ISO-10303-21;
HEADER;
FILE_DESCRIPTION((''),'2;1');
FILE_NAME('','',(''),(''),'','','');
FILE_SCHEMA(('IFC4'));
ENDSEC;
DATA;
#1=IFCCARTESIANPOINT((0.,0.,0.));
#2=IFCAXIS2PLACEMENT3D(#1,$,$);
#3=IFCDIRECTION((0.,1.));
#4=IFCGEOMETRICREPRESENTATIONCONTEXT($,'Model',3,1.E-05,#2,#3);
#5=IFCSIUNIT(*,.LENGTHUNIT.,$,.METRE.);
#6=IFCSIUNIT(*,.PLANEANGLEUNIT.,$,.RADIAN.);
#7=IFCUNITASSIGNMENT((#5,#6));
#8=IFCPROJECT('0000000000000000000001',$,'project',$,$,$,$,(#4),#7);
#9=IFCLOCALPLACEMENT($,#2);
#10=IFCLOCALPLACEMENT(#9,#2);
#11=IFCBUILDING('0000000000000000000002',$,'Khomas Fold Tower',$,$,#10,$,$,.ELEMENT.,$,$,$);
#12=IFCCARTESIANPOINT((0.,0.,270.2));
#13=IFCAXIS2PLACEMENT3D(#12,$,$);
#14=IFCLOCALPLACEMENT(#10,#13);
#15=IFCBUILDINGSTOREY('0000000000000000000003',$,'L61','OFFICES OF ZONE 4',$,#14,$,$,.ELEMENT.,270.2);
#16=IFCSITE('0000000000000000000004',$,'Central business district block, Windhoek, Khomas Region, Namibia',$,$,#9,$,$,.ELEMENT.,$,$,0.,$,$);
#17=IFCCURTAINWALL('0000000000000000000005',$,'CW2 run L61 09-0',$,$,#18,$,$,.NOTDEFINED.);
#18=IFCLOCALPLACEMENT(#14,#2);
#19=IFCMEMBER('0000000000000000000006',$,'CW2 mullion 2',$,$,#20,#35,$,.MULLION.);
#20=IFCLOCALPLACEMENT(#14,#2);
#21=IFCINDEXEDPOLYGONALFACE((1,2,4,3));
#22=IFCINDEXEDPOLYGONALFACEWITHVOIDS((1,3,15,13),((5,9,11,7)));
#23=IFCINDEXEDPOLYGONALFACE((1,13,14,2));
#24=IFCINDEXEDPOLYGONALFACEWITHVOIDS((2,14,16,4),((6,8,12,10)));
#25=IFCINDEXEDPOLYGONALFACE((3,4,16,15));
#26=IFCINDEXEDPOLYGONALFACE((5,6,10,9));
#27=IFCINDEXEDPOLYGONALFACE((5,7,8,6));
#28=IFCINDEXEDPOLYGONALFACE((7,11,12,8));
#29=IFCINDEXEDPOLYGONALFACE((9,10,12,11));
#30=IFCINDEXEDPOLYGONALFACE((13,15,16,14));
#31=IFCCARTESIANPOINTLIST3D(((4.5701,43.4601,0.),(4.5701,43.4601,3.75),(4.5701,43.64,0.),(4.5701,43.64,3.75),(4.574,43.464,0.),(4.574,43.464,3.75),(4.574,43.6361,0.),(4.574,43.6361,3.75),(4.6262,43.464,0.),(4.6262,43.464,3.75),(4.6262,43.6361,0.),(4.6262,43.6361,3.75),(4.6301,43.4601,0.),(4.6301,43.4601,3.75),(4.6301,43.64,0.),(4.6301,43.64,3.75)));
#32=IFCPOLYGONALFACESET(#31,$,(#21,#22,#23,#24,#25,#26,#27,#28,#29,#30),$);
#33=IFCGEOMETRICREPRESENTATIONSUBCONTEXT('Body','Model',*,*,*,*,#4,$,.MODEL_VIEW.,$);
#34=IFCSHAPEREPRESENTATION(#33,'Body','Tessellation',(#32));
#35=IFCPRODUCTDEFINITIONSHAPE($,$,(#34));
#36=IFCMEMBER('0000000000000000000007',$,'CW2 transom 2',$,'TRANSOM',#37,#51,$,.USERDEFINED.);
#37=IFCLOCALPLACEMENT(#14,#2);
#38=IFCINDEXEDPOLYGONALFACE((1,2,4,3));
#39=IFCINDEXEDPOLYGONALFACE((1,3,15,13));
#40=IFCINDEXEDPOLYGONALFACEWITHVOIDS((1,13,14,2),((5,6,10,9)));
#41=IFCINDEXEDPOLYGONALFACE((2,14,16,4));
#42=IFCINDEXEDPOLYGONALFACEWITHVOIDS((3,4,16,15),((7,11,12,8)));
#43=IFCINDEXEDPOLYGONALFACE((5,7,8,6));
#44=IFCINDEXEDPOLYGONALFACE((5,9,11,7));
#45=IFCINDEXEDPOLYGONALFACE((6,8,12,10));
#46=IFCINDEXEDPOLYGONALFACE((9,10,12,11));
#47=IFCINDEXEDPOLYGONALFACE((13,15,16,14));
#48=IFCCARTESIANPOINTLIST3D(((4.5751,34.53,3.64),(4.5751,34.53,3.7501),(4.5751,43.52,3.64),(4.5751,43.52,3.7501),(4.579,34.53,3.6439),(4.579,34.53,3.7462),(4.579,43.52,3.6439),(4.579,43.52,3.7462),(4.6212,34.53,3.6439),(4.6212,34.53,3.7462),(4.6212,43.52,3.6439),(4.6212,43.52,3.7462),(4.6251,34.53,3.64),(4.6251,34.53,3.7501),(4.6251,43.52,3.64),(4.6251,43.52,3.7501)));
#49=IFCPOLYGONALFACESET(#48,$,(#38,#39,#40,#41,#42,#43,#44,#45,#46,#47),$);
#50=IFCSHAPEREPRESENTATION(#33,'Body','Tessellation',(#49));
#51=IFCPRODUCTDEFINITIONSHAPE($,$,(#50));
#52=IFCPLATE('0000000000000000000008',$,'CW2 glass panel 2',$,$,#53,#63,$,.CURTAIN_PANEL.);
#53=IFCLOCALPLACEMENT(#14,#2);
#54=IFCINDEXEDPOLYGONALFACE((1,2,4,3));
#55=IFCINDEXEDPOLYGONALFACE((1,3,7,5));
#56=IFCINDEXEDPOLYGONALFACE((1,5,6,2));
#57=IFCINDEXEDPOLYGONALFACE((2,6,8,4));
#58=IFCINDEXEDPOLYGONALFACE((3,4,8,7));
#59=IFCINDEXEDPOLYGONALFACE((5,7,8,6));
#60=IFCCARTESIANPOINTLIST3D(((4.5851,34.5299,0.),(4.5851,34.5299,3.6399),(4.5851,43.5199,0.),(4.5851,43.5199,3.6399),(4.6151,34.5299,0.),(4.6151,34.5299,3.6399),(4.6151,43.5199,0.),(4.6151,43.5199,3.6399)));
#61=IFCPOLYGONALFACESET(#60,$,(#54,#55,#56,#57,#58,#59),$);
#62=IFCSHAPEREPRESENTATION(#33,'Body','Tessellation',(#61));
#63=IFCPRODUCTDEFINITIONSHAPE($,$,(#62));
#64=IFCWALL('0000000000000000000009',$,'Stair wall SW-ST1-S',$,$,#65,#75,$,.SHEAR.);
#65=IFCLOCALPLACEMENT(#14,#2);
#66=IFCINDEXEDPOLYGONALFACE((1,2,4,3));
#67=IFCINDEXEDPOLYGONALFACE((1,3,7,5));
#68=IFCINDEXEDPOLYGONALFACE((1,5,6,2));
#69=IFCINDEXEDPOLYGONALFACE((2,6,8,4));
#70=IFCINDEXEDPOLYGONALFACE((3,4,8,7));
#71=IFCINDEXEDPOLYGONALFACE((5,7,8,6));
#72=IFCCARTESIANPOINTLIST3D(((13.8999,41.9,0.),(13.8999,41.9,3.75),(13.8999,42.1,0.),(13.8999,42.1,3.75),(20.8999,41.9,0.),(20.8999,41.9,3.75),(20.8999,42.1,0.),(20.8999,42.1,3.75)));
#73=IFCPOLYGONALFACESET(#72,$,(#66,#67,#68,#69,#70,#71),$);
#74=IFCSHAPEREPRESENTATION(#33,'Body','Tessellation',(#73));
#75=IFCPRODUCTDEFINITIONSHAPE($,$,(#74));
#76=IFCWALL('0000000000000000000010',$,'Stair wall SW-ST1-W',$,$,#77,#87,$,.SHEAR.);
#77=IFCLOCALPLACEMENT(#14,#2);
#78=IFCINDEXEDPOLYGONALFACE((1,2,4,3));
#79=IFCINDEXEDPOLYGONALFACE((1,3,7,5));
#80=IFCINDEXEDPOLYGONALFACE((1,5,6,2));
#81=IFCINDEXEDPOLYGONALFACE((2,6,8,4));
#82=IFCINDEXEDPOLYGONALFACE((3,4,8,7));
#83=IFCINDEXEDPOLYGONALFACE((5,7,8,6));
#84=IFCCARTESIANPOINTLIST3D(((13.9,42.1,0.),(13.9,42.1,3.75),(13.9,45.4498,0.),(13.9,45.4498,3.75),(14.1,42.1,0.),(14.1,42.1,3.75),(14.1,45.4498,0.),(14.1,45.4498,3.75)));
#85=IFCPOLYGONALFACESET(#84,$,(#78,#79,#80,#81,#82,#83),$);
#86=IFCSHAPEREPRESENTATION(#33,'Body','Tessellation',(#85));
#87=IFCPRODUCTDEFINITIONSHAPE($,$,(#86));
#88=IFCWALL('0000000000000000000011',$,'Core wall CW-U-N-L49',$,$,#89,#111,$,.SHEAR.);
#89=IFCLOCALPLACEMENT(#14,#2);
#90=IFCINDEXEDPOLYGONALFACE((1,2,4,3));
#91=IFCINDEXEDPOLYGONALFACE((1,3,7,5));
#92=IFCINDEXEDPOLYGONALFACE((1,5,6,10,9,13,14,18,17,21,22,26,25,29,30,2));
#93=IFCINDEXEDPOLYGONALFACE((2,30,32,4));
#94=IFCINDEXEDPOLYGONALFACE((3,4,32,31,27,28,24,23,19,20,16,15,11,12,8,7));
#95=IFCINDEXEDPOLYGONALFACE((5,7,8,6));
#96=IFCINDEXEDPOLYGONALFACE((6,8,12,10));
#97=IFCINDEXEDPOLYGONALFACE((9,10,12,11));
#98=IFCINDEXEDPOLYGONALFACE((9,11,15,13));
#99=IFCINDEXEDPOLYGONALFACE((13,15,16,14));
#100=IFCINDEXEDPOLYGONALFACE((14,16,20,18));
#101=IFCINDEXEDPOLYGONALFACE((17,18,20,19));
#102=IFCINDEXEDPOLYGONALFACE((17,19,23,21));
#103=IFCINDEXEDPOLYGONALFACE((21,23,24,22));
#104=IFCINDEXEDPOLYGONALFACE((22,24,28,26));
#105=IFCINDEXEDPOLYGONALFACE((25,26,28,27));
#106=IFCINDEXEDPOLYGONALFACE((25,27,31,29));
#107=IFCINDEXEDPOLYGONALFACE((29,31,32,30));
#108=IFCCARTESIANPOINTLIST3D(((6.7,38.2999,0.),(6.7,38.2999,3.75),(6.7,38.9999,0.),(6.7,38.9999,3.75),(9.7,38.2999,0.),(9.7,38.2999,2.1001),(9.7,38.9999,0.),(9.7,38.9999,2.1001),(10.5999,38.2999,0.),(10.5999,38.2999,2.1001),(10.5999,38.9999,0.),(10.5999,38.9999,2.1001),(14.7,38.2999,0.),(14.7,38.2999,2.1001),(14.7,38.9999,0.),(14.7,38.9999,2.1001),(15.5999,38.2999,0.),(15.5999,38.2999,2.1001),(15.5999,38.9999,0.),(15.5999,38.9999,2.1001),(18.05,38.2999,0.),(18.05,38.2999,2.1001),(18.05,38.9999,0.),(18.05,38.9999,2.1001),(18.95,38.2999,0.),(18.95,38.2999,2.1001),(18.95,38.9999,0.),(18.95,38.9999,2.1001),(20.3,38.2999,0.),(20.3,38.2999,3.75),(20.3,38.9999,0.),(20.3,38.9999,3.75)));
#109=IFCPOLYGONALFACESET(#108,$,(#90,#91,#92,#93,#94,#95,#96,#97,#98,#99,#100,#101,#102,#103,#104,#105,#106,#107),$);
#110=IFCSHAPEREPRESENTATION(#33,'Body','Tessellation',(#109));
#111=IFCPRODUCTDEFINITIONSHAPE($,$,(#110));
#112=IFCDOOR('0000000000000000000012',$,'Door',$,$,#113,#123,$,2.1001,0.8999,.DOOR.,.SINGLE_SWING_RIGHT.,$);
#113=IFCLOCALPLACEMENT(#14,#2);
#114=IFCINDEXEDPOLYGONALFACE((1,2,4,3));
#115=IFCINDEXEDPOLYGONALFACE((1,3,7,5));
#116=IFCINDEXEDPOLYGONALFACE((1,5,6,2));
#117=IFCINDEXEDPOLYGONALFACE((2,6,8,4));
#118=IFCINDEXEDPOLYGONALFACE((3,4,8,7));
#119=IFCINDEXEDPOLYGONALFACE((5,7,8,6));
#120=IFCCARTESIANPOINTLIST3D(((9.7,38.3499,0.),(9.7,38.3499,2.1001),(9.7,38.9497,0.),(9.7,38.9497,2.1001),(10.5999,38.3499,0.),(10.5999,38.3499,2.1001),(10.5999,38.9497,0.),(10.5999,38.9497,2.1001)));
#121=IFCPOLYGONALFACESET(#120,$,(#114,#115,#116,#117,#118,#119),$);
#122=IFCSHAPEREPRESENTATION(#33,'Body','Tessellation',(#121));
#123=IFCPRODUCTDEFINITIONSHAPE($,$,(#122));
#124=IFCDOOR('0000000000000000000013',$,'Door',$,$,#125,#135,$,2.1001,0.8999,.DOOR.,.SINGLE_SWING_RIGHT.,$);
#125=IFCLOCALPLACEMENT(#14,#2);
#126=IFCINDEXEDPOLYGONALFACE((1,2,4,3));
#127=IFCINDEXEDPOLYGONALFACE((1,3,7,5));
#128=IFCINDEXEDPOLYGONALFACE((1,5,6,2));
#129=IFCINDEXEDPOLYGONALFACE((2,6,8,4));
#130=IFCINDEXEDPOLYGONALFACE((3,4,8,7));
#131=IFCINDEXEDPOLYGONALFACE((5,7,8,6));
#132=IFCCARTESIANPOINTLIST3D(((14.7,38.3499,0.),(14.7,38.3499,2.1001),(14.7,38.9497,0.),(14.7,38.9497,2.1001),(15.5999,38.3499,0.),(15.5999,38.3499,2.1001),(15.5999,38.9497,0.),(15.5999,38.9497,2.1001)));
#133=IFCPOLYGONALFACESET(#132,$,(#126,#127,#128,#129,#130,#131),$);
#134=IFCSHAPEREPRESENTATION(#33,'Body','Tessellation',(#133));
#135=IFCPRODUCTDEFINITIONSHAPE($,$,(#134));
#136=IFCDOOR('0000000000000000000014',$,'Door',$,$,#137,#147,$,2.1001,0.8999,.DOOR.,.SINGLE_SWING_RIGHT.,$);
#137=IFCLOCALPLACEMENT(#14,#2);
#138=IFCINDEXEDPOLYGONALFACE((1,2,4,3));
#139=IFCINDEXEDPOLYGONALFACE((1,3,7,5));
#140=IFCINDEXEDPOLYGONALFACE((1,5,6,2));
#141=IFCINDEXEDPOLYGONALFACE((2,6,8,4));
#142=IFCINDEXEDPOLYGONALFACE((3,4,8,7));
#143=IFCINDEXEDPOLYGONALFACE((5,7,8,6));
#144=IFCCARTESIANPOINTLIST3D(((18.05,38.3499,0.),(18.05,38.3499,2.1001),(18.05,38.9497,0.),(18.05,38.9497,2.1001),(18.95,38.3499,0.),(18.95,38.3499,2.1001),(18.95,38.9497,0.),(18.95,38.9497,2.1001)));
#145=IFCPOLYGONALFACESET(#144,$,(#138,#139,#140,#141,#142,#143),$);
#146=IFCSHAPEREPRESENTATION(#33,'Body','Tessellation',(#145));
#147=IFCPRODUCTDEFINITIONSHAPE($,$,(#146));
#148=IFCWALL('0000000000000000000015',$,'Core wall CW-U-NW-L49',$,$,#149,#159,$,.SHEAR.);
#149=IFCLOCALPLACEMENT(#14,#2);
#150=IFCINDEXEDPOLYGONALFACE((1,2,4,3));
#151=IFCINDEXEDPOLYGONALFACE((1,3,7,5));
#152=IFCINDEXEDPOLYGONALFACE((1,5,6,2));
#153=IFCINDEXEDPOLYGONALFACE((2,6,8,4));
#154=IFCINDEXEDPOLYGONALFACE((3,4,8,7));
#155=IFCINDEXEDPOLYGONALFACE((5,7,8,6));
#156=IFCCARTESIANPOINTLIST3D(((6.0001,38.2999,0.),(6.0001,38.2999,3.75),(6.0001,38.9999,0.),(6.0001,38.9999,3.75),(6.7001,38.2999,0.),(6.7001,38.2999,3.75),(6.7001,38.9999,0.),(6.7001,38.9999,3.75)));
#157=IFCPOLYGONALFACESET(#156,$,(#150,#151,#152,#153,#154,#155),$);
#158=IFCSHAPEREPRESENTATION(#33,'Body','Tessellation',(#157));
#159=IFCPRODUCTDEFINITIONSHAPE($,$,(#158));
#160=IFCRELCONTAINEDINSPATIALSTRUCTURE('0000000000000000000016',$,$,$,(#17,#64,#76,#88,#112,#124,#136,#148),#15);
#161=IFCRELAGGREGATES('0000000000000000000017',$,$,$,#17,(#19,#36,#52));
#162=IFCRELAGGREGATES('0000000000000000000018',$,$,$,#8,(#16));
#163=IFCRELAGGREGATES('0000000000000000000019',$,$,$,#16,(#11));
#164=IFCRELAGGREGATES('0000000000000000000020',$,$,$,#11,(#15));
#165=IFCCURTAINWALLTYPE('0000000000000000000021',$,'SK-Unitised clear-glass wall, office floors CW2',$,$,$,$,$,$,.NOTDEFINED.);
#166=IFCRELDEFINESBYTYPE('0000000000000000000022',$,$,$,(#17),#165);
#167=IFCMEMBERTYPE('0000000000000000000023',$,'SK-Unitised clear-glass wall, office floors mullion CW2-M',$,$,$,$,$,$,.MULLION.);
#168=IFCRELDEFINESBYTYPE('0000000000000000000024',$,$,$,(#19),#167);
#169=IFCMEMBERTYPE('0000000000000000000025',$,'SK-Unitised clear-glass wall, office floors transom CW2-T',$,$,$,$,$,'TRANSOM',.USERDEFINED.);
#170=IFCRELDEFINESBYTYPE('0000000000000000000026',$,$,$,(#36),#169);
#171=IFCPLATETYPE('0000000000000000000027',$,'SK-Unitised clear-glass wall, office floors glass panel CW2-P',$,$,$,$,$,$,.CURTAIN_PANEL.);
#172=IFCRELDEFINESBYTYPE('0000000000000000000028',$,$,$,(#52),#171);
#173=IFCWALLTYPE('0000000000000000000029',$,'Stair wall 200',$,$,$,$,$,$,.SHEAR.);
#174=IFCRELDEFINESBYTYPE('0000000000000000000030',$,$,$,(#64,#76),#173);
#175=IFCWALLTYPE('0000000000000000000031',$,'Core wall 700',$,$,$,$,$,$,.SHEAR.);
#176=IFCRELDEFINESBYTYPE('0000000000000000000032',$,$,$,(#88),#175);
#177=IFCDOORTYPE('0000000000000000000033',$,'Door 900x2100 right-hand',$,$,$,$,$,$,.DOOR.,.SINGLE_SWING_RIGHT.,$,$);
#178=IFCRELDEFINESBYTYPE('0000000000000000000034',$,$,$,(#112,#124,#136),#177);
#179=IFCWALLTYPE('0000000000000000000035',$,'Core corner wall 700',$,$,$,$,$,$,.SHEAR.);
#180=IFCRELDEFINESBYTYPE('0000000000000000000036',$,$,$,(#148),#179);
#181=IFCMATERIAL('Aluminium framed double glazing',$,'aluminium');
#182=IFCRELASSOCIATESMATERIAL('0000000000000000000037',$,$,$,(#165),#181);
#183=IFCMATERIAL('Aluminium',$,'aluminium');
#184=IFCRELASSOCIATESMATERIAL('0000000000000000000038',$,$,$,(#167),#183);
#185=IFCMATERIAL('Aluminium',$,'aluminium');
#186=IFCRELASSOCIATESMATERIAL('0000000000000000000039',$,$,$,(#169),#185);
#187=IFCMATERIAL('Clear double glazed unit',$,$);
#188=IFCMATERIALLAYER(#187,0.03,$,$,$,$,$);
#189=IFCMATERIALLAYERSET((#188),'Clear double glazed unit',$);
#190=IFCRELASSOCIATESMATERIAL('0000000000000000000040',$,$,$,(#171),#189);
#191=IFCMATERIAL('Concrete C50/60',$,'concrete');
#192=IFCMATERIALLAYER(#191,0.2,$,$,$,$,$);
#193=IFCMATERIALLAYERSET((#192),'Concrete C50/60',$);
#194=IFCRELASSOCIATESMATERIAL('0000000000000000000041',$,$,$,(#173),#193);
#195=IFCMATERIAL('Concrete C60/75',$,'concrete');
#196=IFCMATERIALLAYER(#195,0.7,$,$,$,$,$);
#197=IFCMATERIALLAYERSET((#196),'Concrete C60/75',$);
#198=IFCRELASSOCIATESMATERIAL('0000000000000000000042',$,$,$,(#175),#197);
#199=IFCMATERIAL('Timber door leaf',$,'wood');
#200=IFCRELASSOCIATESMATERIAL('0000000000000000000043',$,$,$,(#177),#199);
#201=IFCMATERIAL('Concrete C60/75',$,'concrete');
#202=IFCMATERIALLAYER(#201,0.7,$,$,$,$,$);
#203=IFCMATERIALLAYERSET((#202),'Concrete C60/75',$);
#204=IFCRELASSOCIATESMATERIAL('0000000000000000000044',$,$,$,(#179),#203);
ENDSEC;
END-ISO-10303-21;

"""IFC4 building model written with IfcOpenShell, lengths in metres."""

from ifc_helpers import new_model, si_unit, direction, frame, frame_2d, origin, origin_2d, place, context, subcontext, project, spatial, rectangle, hollow_rectangle, extrude, source, transform, mapped, material, layer, layer_set, material_profile, profile_set, type_object, element, fill, aggregate, save


model = new_model("IFC4")

# Units and contexts
model_context = context("Model", 3, precision=1e-05, world=origin(), true_north=direction((0.0, 1.0)))
body_context = subcontext(model_context, "Body", "Model", "MODEL_VIEW")
ifc_project = project(units=[si_unit("LENGTHUNIT", "METRE"), si_unit("PLANEANGLEUNIT", "RADIAN")], contexts=[model_context])

# Site, building, storey
site_placement = place(None, origin())
site = spatial("IfcSite", under=ifc_project, at=site_placement, Name="Central business district block, Windhoek, Khomas Region, Namibia", CompositionType="ELEMENT", RefElevation=0.0)
building_placement = place(site_placement, origin())
building = spatial("IfcBuilding", under=site, at=building_placement, Name="Khomas Fold Tower", CompositionType="ELEMENT")
storey_placement = place(building_placement, frame((0.0, 0.0, 270.2)))
storey = spatial("IfcBuildingStorey", under=building, at=storey_placement, Name="L61", Description="OFFICES OF ZONE 4", CompositionType="ELEMENT", Elevation=270.2)

# Curtain wall, members, plate
ifc_material_1 = material(Name="Aluminium framed double glazing", Category="aluminium")
curtain_wall_type = type_object("IfcCurtainWallType", Name="SK-Unitised clear-glass wall, office floors CW2", PredefinedType="NOTDEFINED", material=ifc_material_1)
curtain_wall_placement = place(storey_placement, origin())
curtain_wall = element("IfcCurtainWall", 1, at=curtain_wall_placement, inside=storey, type_object=curtain_wall_type, Name="CW2 run L61 09-0", PredefinedType="NOTDEFINED")
ifc_material_2 = material(Name="Aluminium", Category="aluminium")
ifc_material_profile_1 = material_profile(ifc_material_2, hollow_rectangle(XDim=0.0601, YDim=0.1799, WallThickness=0.0039, at=origin_2d()), Name="SK-Unitised clear-glass wall, office floors mullion CW2-M")
ifc_profile_set_1 = profile_set([ifc_material_profile_1], Name="Aluminium")
member_type_1 = type_object("IfcMemberType", Name="SK-Unitised clear-glass wall, office floors mullion CW2-M", PredefinedType="MULLION", material=ifc_profile_set_1)
shared_shape_1 = source(origin(), body_context, "Body", "SweptSolid", [
    extrude(hollow_rectangle(XDim=0.0601, YDim=0.1799, WallThickness=0.0039, at=origin_2d()), origin(), (0.0, 0.0, 1.0), 3.75),
])
member_1_placement = place(storey_placement, frame((4.6001, 43.55, 0.0), z_axis=(0.0, 0.0, 1.0), x_axis=(1.0, 0.0, 0.0)))
member_1 = element("IfcMember", 2, at=member_1_placement, type_object=member_type_1, Name="CW2 mullion 2", PredefinedType="MULLION", context=body_context, shape_type="MappedRepresentation", body=[
    mapped(shared_shape_1, transform((0.0, 0.0, 0.0))),
])
ifc_material_3 = material(Name="Aluminium", Category="aluminium")
ifc_material_profile_2 = material_profile(ifc_material_3, hollow_rectangle(XDim=0.05, YDim=0.1101, WallThickness=0.0039, at=origin_2d()), Name="SK-Unitised clear-glass wall, office floors transom CW2-T")
ifc_profile_set_2 = profile_set([ifc_material_profile_2], Name="Aluminium")
member_type_2 = type_object("IfcMemberType", Name="SK-Unitised clear-glass wall, office floors transom CW2-T", ElementType="TRANSOM", PredefinedType="USERDEFINED", material=ifc_profile_set_2)
shared_shape_2 = source(origin(), body_context, "Body", "SweptSolid", [
    extrude(hollow_rectangle(XDim=0.05, YDim=0.1101, WallThickness=0.0039, at=origin_2d()), origin(), (0.0, 0.0, 1.0), 8.99),
])
member_2_placement = place(storey_placement, frame((4.6001, 43.52, 3.6951), z_axis=(0.0, -1.0, 0.0), x_axis=(1.0, 0.0, 0.0)))
member_2 = element("IfcMember", 3, at=member_2_placement, type_object=member_type_2, Name="CW2 transom 2", ObjectType="TRANSOM", PredefinedType="USERDEFINED", context=body_context, shape_type="MappedRepresentation", body=[
    mapped(shared_shape_2, transform((0.0, 0.0, 0.0))),
])
ifc_material_4 = material(Name="Clear double glazed unit")
ifc_layer_1 = layer(ifc_material_4, 0.03)
ifc_layer_set_1 = layer_set([ifc_layer_1], Name="Clear double glazed unit")
plate_type = type_object("IfcPlateType", Name="SK-Unitised clear-glass wall, office floors glass panel CW2-P", PredefinedType="CURTAIN_PANEL", material=ifc_layer_set_1)
shared_shape_3 = source(origin(), body_context, "Body", "SweptSolid", [
    extrude(rectangle(XDim=8.99, YDim=0.03, at=origin_2d()), origin(), (0.0, 0.0, 1.0), 3.6399),
])
plate_placement = place(storey_placement, frame((4.6001, 39.0249, 0.0), z_axis=(0.0, 0.0, 1.0), x_axis=(0.0, -1.0, 0.0)))
plate = element("IfcPlate", 4, at=plate_placement, type_object=plate_type, Name="CW2 glass panel 2", PredefinedType="CURTAIN_PANEL", context=body_context, shape_type="MappedRepresentation", body=[
    mapped(shared_shape_3, transform((0.0, 0.0, 0.0))),
])
aggregate(curtain_wall, [member_1, member_2, plate])

# Walls
ifc_material_5 = material(Name="Concrete C50/60", Category="concrete")
ifc_layer_2 = layer(ifc_material_5, 0.2)
ifc_layer_set_2 = layer_set([ifc_layer_2], Name="Concrete C50/60")
wall_type_1 = type_object("IfcWallType", Name="Stair wall 200", PredefinedType="SHEAR", material=ifc_layer_set_2)
shared_shape_4 = source(origin(), body_context, "Body", "SweptSolid", [
    extrude(rectangle(XDim=7.0, YDim=0.2, at=frame_2d((3.5, 0.0))), origin(), (0.0, 0.0, 1.0), 3.75),
])
wall_1_placement = place(storey_placement, frame((13.8999, 42.0, 0.0), z_axis=(0.0, 0.0, 1.0), x_axis=(1.0, 0.0, 0.0)))
element("IfcWall", 5, at=wall_1_placement, inside=storey, type_object=wall_type_1, Name="Stair wall SW-ST1-S", PredefinedType="SHEAR", context=body_context, shape_type="MappedRepresentation", body=[
    mapped(shared_shape_4, transform((0.0, 0.0, 0.0))),
])
shared_shape_5 = source(origin(), body_context, "Body", "SweptSolid", [
    extrude(rectangle(XDim=3.3499, YDim=0.2, at=frame_2d((1.6748, 0.0))), origin(), (0.0, 0.0, 1.0), 3.75),
])
wall_2_placement = place(storey_placement, frame((14.0, 42.1001, 0.0), z_axis=(0.0, 0.0, 1.0), x_axis=(0.0, 1.0, 0.0)))
element("IfcWall", 6, at=wall_2_placement, inside=storey, type_object=wall_type_1, Name="Stair wall SW-ST1-W", PredefinedType="SHEAR", context=body_context, shape_type="MappedRepresentation", body=[
    mapped(shared_shape_5, transform((0.0, 0.0, 0.0))),
])

# Wall, openings, doors
ifc_material_6 = material(Name="Concrete C60/75", Category="concrete")
ifc_layer_3 = layer(ifc_material_6, 0.7)
ifc_layer_set_3 = layer_set([ifc_layer_3], Name="Concrete C60/75")
wall_type_2 = type_object("IfcWallType", Name="Core wall 700", PredefinedType="SHEAR", material=ifc_layer_set_3)
shared_shape_6 = source(origin(), body_context, "Body", "SweptSolid", [
    extrude(rectangle(XDim=13.6001, YDim=0.7, at=frame_2d((6.8, 0.0))), origin(), (0.0, 0.0, 1.0), 3.75),
])
wall_3_placement = place(storey_placement, frame((6.7, 38.6499, 0.0), z_axis=(0.0, 0.0, 1.0), x_axis=(1.0, 0.0, 0.0)))
wall_3 = element("IfcWall", 7, at=wall_3_placement, inside=storey, type_object=wall_type_2, Name="Core wall CW-U-N-L49", PredefinedType="SHEAR", context=body_context, shape_type="MappedRepresentation", body=[
    mapped(shared_shape_6, transform((0.0, 0.0, 0.0))),
])
shared_shape_7 = source(origin(), body_context, "Body", "SweptSolid", [
    extrude(rectangle(XDim=0.8999, YDim=2.1001, at=frame_2d((0.45, 1.05))), frame((0.0, 0.3599, 0.0), z_axis=(0.0, -1.0, 0.0), x_axis=(1.0, 0.0, 0.0)), (0.0, 0.0, 1.0), 0.72),
])
opening_1_placement = place(wall_3_placement, frame((3.0, 0.0, 0.0)))
opening_1 = element("IfcOpeningElement", 8, at=opening_1_placement, cuts=wall_3, PredefinedType="OPENING", context=body_context, shape_type="MappedRepresentation", body=[
    mapped(shared_shape_7, transform((0.0, 0.0, 0.0))),
])
opening_2_placement = place(wall_3_placement, frame((8.0, 0.0, 0.0)))
opening_2 = element("IfcOpeningElement", 9, at=opening_2_placement, cuts=wall_3, PredefinedType="OPENING", context=body_context, shape_type="MappedRepresentation", body=[
    mapped(shared_shape_7, transform((0.0, 0.0, 0.0))),
])
opening_3_placement = place(wall_3_placement, frame((11.3501, 0.0, 0.0)))
opening_3 = element("IfcOpeningElement", 10, at=opening_3_placement, cuts=wall_3, PredefinedType="OPENING", context=body_context, shape_type="MappedRepresentation", body=[
    mapped(shared_shape_7, transform((0.0, 0.0, 0.0))),
])
ifc_material_7 = material(Name="Timber door leaf", Category="wood")
door_type = type_object("IfcDoorType", Name="Door 900x2100 right-hand", OperationType="SINGLE_SWING_RIGHT", PredefinedType="DOOR", material=ifc_material_7)
shared_shape_8 = source(origin(), body_context, "Body", "SweptSolid", [
    extrude(rectangle(XDim=0.8999, YDim=2.1001, at=frame_2d((0.45, 1.05))), frame((0.0, 0.2998, 0.0), z_axis=(0.0, -1.0, 0.0), x_axis=(1.0, 0.0, 0.0)), (0.0, 0.0, 1.0), 0.5999),
])
door_1_placement = place(opening_1_placement, origin())
door_1 = element("IfcDoor", 11, at=door_1_placement, inside=storey, type_object=door_type, Name="Door", OperationType="SINGLE_SWING_RIGHT", OverallHeight=2.1001, OverallWidth=0.8999, PredefinedType="DOOR", context=body_context, shape_type="MappedRepresentation", body=[
    mapped(shared_shape_8, transform((0.0, 0.0, 0.0))),
])
fill(opening_1, door_1)
door_2_placement = place(opening_2_placement, origin())
door_2 = element("IfcDoor", 12, at=door_2_placement, inside=storey, type_object=door_type, Name="Door", OperationType="SINGLE_SWING_RIGHT", OverallHeight=2.1001, OverallWidth=0.8999, PredefinedType="DOOR", context=body_context, shape_type="MappedRepresentation", body=[
    mapped(shared_shape_8, transform((0.0, 0.0, 0.0))),
])
fill(opening_2, door_2)
door_3_placement = place(opening_3_placement, origin())
door_3 = element("IfcDoor", 13, at=door_3_placement, inside=storey, type_object=door_type, Name="Door", OperationType="SINGLE_SWING_RIGHT", OverallHeight=2.1001, OverallWidth=0.8999, PredefinedType="DOOR", context=body_context, shape_type="MappedRepresentation", body=[
    mapped(shared_shape_8, transform((0.0, 0.0, 0.0))),
])
fill(opening_3, door_3)

# Wall
ifc_material_8 = material(Name="Concrete C60/75", Category="concrete")
ifc_layer_4 = layer(ifc_material_8, 0.7)
ifc_layer_set_4 = layer_set([ifc_layer_4], Name="Concrete C60/75")
wall_type_3 = type_object("IfcWallType", Name="Core corner wall 700", PredefinedType="SHEAR", material=ifc_layer_set_4)
shared_shape_9 = source(origin(), body_context, "Body", "SweptSolid", [
    extrude(rectangle(XDim=0.7, YDim=0.7, at=frame_2d((0.3501, 0.0))), origin(), (0.0, 0.0, 1.0), 3.75),
])
wall_4_placement = place(storey_placement, frame((6.0, 38.6499, 0.0), z_axis=(0.0, 0.0, 1.0), x_axis=(1.0, 0.0, 0.0)))
element("IfcWall", 14, at=wall_4_placement, inside=storey, type_object=wall_type_3, Name="Core wall CW-U-NW-L49", PredefinedType="SHEAR", context=body_context, shape_type="MappedRepresentation", body=[
    mapped(shared_shape_9, transform((0.0, 0.0, 0.0))),
])

save(model, "model.ifc")
